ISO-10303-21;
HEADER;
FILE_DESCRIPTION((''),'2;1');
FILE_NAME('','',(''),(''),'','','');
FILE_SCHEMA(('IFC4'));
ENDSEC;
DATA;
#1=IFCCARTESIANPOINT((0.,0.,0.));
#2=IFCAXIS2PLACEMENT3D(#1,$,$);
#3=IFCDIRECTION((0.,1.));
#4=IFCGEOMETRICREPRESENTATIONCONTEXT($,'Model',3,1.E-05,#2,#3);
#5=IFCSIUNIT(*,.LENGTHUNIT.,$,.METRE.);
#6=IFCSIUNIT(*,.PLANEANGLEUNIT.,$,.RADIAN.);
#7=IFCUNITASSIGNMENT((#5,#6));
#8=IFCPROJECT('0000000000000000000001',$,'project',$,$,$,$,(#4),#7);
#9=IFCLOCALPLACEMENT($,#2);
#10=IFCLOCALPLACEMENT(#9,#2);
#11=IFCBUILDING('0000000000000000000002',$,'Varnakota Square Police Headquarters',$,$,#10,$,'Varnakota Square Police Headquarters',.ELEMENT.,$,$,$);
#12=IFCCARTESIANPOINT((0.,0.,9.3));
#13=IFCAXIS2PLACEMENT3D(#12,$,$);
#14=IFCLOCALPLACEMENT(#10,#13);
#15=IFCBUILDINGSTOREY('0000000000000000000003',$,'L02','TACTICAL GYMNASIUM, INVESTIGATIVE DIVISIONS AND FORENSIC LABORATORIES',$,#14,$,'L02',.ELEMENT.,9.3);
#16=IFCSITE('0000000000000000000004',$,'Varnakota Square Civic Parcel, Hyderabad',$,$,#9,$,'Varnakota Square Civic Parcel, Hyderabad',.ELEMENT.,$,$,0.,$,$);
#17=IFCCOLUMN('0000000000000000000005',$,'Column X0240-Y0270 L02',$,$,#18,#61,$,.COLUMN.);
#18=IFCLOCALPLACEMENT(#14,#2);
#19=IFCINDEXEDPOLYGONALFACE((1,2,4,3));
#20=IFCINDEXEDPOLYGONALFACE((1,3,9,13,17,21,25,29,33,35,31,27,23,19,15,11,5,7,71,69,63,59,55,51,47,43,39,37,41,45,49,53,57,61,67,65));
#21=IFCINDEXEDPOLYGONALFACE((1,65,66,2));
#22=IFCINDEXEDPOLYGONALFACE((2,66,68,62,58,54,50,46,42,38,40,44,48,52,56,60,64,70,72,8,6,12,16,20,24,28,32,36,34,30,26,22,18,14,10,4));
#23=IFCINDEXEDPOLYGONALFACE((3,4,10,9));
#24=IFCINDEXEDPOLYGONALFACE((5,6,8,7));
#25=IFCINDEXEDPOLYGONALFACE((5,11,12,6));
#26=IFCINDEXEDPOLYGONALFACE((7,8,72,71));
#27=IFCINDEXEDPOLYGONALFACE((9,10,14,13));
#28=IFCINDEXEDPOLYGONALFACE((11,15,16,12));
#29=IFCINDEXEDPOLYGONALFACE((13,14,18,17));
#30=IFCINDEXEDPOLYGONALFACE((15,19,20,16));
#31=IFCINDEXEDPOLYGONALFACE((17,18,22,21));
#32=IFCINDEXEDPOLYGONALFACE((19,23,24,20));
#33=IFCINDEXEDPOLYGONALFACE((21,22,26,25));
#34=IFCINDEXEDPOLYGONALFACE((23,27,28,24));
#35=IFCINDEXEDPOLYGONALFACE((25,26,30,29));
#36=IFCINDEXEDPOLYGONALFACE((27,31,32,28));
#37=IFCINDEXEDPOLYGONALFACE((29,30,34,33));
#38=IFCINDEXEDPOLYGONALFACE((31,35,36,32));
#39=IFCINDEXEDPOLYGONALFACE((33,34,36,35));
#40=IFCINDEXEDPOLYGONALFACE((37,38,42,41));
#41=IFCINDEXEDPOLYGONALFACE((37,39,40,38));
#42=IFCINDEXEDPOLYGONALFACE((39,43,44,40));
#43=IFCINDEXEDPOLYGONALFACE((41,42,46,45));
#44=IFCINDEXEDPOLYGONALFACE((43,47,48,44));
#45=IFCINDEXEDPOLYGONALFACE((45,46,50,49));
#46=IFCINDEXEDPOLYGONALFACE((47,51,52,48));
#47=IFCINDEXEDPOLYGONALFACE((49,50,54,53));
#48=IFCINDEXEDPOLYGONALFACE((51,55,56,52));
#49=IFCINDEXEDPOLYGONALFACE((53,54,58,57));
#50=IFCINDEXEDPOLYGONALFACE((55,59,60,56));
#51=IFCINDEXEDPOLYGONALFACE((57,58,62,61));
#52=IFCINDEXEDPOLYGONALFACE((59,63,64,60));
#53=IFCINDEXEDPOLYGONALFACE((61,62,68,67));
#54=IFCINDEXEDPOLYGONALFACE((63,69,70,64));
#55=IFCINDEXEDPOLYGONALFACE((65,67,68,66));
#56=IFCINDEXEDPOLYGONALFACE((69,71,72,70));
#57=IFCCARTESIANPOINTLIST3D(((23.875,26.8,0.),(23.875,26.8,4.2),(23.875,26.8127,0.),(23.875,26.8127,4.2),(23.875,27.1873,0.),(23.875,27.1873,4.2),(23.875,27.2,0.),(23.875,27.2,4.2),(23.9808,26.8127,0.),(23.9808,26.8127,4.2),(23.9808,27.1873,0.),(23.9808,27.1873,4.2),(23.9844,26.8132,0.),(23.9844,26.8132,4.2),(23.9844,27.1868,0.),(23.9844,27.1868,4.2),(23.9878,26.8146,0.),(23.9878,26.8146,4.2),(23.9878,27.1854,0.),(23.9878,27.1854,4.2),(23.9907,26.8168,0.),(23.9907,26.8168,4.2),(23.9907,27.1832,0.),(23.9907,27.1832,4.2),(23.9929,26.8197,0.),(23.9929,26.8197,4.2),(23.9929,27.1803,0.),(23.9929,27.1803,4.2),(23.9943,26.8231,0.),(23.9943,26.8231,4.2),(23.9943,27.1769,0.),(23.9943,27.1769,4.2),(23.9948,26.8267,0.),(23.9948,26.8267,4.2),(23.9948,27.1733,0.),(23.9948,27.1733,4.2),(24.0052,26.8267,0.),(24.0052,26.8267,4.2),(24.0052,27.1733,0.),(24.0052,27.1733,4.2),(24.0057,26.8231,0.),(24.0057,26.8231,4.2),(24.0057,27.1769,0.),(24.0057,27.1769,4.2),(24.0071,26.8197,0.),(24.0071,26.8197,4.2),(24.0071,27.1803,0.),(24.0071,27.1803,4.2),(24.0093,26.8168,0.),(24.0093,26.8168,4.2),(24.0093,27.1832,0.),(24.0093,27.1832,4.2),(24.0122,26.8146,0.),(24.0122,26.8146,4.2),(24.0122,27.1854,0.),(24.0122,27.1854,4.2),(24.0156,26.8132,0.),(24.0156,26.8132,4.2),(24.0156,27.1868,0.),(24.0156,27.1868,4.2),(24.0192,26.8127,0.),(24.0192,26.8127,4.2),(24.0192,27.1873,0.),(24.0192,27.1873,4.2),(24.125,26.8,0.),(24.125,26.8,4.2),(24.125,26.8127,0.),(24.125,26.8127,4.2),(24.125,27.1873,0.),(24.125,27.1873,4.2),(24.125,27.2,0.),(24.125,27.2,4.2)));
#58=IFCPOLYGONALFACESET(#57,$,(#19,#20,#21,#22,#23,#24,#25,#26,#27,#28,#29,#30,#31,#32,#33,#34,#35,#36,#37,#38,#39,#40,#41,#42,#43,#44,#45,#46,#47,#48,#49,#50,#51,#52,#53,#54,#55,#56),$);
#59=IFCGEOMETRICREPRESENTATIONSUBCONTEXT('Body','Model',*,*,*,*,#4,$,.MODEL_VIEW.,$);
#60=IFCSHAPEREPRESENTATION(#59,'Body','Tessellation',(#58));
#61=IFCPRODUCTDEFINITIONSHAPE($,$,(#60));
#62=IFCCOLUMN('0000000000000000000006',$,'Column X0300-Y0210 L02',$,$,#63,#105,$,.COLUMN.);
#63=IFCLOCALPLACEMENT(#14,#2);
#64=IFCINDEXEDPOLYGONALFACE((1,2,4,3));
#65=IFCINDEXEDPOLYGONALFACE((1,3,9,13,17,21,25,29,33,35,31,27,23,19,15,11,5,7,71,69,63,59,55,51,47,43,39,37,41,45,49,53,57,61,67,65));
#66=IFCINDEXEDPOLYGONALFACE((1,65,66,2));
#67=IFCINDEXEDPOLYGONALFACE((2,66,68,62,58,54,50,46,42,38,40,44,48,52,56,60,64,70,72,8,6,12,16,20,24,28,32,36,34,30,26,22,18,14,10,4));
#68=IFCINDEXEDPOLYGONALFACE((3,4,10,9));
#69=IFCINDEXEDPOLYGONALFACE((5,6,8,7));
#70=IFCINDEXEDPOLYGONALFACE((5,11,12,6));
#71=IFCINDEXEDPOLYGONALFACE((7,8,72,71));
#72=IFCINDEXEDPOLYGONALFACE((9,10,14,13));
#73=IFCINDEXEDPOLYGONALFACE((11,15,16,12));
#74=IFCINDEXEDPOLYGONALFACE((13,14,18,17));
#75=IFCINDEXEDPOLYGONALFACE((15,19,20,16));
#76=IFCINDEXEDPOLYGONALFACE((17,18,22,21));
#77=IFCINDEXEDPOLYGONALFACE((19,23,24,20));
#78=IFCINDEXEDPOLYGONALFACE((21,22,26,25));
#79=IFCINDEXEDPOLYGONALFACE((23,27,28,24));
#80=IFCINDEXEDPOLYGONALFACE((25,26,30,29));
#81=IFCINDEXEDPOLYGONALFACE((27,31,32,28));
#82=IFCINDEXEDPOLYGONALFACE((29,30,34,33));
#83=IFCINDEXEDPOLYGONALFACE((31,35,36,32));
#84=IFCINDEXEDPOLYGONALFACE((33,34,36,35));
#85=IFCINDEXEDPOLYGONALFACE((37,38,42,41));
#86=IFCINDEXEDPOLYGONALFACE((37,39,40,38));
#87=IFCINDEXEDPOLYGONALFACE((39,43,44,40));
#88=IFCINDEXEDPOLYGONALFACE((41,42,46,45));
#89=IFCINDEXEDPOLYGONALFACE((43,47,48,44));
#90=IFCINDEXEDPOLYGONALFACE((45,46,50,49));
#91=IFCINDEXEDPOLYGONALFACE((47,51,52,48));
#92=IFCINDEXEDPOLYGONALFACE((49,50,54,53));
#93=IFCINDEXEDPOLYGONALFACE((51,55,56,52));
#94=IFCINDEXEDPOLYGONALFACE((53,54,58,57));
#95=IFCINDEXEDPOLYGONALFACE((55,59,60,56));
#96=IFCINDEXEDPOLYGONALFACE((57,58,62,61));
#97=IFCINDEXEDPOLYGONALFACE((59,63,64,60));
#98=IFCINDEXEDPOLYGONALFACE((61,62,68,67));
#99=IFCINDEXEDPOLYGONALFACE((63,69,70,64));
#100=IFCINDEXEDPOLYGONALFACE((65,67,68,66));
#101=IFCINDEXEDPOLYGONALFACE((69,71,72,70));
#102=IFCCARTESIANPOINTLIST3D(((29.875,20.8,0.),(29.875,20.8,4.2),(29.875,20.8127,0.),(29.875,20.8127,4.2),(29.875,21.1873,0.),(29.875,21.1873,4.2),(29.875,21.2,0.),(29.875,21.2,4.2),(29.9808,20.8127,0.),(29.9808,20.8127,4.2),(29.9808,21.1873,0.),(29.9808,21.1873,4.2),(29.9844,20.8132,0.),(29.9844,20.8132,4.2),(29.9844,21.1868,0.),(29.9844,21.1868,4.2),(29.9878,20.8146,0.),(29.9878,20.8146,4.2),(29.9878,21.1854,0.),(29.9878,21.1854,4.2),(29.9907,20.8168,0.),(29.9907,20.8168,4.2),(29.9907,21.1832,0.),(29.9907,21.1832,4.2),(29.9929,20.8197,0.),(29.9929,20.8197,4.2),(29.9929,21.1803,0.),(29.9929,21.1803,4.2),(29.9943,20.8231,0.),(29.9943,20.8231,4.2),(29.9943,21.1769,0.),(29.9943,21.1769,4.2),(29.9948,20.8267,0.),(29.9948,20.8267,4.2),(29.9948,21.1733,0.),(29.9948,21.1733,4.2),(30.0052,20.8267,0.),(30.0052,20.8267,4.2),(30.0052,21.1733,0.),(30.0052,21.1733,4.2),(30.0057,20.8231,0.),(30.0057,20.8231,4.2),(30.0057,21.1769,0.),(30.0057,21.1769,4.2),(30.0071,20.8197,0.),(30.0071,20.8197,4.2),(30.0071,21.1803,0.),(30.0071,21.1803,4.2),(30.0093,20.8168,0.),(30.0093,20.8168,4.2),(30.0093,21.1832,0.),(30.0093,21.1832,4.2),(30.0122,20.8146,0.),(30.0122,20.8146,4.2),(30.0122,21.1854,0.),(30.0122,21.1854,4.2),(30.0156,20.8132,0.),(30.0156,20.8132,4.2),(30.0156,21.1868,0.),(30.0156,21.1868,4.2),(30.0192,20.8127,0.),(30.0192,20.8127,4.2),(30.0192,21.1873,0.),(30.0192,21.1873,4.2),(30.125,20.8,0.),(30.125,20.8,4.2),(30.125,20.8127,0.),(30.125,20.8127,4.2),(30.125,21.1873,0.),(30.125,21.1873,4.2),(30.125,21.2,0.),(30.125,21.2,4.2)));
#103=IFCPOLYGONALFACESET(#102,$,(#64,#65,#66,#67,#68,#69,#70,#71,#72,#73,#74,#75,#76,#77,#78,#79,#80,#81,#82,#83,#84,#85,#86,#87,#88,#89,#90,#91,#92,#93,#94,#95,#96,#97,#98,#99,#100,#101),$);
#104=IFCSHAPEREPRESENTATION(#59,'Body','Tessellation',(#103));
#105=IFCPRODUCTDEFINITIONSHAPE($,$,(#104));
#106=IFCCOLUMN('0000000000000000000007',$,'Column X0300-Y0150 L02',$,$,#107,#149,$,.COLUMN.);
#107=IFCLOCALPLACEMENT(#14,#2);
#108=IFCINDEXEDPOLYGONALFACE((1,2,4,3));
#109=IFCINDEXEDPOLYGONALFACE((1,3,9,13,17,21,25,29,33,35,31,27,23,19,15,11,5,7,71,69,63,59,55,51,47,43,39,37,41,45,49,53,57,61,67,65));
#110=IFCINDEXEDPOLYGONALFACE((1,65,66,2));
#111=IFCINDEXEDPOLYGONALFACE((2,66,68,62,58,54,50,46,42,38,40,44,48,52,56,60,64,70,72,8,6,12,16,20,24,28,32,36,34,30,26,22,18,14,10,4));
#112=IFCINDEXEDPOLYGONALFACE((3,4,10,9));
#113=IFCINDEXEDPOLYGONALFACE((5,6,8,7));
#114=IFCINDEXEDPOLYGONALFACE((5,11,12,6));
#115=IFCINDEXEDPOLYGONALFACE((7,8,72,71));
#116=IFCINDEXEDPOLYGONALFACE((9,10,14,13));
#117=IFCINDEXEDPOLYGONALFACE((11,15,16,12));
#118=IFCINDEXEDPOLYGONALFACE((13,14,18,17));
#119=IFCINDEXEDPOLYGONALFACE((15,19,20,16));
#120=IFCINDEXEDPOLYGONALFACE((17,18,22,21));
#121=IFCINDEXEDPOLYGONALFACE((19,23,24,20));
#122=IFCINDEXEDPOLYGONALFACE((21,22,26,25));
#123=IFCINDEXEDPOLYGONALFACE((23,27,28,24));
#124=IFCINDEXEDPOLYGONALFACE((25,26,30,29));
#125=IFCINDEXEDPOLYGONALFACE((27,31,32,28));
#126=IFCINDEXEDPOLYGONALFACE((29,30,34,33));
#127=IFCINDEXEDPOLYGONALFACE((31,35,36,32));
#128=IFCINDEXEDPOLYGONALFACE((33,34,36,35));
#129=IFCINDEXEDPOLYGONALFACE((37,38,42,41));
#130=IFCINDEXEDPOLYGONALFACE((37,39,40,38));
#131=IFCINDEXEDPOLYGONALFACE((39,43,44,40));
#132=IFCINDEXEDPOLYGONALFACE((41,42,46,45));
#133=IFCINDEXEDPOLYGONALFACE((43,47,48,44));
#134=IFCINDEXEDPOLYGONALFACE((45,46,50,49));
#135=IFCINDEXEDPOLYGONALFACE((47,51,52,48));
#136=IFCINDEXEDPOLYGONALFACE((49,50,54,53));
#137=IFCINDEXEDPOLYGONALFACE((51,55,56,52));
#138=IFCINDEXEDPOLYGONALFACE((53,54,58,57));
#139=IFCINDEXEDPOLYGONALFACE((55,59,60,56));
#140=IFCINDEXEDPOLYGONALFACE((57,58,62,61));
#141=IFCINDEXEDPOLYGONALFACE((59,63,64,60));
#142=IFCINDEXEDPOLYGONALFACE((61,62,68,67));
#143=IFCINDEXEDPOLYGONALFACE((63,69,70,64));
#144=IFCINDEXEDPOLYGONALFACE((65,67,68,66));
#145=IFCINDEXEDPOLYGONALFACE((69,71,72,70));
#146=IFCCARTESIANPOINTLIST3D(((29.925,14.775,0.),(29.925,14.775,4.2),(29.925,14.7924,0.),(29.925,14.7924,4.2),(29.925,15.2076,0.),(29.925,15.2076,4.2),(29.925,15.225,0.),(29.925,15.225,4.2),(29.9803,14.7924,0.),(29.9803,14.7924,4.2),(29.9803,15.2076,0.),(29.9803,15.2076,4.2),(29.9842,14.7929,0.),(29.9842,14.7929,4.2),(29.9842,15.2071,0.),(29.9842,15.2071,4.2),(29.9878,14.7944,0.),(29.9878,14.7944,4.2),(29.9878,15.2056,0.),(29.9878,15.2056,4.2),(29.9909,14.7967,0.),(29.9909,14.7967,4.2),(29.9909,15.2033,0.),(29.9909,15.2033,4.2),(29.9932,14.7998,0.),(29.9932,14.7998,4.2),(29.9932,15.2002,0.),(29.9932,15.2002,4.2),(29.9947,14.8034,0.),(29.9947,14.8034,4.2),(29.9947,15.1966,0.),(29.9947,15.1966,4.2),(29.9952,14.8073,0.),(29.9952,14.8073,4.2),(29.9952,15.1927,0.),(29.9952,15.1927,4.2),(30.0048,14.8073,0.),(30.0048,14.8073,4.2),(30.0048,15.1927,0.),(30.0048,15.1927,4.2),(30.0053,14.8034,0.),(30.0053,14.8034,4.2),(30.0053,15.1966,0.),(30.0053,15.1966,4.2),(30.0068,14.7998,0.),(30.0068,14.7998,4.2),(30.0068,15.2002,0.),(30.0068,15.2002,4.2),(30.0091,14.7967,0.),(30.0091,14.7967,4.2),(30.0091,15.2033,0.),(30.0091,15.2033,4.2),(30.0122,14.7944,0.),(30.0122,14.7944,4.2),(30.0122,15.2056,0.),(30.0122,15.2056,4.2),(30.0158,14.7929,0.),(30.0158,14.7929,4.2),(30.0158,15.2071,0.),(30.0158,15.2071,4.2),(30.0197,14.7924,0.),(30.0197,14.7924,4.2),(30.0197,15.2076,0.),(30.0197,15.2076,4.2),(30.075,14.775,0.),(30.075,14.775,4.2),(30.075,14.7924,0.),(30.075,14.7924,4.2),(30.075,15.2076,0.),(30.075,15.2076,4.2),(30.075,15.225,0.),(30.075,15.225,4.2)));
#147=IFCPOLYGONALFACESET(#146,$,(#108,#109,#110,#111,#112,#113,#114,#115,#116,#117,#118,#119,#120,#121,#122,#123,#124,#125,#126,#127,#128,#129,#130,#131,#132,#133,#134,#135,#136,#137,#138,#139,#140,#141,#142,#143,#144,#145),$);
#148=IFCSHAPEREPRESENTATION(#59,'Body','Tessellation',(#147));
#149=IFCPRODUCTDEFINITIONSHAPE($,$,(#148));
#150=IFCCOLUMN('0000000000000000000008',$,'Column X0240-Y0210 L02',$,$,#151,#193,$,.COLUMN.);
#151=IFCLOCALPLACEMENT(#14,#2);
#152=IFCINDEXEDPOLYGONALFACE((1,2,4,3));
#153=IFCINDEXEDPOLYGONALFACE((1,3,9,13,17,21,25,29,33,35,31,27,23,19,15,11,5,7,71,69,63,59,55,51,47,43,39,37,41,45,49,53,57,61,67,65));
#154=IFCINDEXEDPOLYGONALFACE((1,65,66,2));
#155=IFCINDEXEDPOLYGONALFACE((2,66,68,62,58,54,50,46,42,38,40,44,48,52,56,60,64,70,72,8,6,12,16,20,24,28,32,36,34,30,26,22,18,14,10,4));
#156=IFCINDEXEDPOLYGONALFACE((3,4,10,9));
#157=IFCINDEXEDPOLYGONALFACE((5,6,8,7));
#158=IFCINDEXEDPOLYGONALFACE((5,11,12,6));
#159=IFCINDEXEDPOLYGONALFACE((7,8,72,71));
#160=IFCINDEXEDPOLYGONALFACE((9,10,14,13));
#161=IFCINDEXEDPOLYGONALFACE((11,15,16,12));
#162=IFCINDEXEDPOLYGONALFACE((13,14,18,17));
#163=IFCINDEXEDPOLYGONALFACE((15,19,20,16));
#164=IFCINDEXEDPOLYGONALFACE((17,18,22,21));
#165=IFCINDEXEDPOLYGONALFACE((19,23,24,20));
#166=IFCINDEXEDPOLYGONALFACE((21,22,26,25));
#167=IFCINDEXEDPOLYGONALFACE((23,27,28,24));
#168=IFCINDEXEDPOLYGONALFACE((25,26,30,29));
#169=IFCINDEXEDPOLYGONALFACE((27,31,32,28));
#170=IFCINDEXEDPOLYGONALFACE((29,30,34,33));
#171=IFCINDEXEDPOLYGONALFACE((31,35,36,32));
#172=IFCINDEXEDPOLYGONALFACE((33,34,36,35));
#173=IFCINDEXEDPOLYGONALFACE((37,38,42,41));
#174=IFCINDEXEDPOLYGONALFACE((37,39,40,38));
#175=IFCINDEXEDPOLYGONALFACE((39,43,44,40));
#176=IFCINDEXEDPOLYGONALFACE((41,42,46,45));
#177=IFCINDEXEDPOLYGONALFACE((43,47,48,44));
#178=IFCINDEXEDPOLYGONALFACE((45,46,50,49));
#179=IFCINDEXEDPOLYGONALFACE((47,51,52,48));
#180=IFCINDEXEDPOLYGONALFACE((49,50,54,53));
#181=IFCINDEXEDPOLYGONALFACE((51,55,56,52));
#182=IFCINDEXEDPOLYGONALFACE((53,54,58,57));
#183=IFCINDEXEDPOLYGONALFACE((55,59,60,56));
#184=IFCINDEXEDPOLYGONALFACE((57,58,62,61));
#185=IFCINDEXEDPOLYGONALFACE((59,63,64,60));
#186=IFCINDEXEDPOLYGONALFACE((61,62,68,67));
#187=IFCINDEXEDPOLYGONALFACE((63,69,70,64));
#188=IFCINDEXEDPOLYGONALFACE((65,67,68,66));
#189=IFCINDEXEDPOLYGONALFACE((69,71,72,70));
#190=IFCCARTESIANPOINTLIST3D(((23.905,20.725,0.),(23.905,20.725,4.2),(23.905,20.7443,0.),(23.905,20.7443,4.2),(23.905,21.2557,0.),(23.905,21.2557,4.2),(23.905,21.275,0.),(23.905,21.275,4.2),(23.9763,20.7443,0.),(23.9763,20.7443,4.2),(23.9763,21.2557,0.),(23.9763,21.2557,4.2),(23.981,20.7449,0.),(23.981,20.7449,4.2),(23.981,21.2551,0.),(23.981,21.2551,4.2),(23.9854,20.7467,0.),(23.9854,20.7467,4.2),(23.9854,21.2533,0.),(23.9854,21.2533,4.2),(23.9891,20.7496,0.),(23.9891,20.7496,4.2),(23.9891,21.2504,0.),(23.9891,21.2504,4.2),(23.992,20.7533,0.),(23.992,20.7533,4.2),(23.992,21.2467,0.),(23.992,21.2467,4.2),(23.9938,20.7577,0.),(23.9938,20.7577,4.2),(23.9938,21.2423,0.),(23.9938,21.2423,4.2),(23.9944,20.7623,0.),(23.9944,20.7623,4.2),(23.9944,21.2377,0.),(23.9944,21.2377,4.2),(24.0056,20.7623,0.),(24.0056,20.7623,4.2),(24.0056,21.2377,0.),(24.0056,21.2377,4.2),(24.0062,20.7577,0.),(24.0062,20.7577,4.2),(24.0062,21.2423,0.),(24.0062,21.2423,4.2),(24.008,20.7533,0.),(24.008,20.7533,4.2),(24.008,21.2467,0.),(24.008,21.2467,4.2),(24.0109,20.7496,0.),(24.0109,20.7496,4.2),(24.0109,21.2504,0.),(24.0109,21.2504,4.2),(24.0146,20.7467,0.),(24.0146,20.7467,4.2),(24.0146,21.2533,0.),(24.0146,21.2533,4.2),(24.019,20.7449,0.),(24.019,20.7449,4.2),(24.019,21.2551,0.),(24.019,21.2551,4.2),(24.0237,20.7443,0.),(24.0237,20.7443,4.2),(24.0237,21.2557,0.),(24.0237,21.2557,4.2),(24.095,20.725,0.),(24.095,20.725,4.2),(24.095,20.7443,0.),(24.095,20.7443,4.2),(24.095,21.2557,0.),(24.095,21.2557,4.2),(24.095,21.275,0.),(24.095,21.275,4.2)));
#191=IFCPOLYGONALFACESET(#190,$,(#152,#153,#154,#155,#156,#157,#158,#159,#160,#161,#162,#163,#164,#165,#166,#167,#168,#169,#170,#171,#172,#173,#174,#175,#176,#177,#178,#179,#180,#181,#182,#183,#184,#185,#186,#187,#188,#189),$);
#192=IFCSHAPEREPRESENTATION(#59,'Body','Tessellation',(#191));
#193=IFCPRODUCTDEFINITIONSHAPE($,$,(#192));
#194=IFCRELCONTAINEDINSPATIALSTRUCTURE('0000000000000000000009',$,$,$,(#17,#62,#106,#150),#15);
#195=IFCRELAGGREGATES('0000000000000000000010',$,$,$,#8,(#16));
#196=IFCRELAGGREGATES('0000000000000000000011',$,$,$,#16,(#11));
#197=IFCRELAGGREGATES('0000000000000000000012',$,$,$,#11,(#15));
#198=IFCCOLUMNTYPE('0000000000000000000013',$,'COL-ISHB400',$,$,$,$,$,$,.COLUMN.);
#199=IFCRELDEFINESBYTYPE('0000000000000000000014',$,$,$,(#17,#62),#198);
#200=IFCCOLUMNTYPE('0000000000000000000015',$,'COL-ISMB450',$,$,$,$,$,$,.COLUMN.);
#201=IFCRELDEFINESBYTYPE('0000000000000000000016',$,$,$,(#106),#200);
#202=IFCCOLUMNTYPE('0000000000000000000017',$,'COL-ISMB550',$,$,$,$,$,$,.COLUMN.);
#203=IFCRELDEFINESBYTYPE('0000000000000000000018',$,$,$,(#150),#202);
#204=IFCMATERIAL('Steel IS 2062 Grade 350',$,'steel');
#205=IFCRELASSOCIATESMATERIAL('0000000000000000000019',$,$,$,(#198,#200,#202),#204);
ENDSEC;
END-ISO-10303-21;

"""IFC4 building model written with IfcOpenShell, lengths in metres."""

from ifc_helpers import new_model, si_unit, direction, frame, origin, origin_2d, place, context, subcontext, project, spatial, i_section, extrude, material, material_profile, profile_set, type_object, element, save


model = new_model("IFC4")

# Units and contexts
model_context = context("Model", 3, precision=1e-05, world=origin(), true_north=direction((0.0, 1.0)))
body_context = subcontext(model_context, "Body", "Model", "MODEL_VIEW")
ifc_project = project(units=[si_unit("LENGTHUNIT", "METRE"), si_unit("PLANEANGLEUNIT", "RADIAN")], contexts=[model_context])

# Site, building, storey
site_placement = place(None, origin())
site = spatial("IfcSite", under=ifc_project, at=site_placement, Name="Varnakota Square Civic Parcel, Hyderabad", LongName="Varnakota Square Civic Parcel, Hyderabad", CompositionType="ELEMENT", RefElevation=0.0)
building_placement = place(site_placement, origin())
building = spatial("IfcBuilding", under=site, at=building_placement, Name="Varnakota Square Police Headquarters", LongName="Varnakota Square Police Headquarters", CompositionType="ELEMENT")
storey_placement = place(building_placement, frame((0.0, 0.0, 9.3)))
storey = spatial("IfcBuildingStorey", under=building, at=storey_placement, Name="L02", Description="TACTICAL GYMNASIUM, INVESTIGATIVE DIVISIONS AND FORENSIC LABORATORIES", LongName="L02", CompositionType="ELEMENT", Elevation=9.3)

# Columns
ifc_material = material(Name="Steel IS 2062 Grade 350", Category="steel")
ifc_material_profile_1 = material_profile(ifc_material, i_section(OverallWidth=0.25, OverallDepth=0.3999, WebThickness=0.0105, FlangeThickness=0.0127, FilletRadius=0.0139, at=origin_2d()), Name="ISHB 400")
ifc_profile_set_1 = profile_set([ifc_material_profile_1], Name="Steel IS 2062 Grade 350")
column_type_1 = type_object("IfcColumnType", Name="COL-ISHB400", PredefinedType="COLUMN", material=ifc_profile_set_1)
for number, where, z_axis, x_axis, name in (
    (1, (24.0, 27.0, 0.0), (0.0, 0.0, 1.0), (1.0, 0.0, 0.0), "Column X0240-Y0270 L02"),
    (2, (30.0, 21.0, 0.0), (0.0, 0.0, 1.0), (1.0, 0.0, 0.0), "Column X0300-Y0210 L02"),
):
    element("IfcColumn", number, at=place(storey_placement, frame(where, z_axis=z_axis, x_axis=x_axis)), inside=storey, type_object=column_type_1, Name=name, PredefinedType="COLUMN", context=body_context, shape_type="SweptSolid", body=[
        extrude(i_section(OverallWidth=0.25, OverallDepth=0.3999, WebThickness=0.0105, FlangeThickness=0.0127, FilletRadius=0.0139, at=origin_2d()), origin(), (0.0, 0.0, 1.0), 4.2),
    ])
ifc_material_profile_2 = material_profile(ifc_material, i_section(OverallWidth=0.1499, OverallDepth=0.45, WebThickness=0.0095, FlangeThickness=0.0173, FilletRadius=0.0149, at=origin_2d()), Name="ISMB 450")
ifc_profile_set_2 = profile_set([ifc_material_profile_2], Name="Steel IS 2062 Grade 350")
column_type_2 = type_object("IfcColumnType", Name="COL-ISMB450", PredefinedType="COLUMN", material=ifc_profile_set_2)
column_1_placement = place(storey_placement, frame((30.0, 15.0, 0.0), z_axis=(0.0, 0.0, 1.0), x_axis=(1.0, 0.0, 0.0)))
element("IfcColumn", 3, at=column_1_placement, inside=storey, type_object=column_type_2, Name="Column X0300-Y0150 L02", PredefinedType="COLUMN", context=body_context, shape_type="SweptSolid", body=[
    extrude(i_section(OverallWidth=0.1499, OverallDepth=0.45, WebThickness=0.0095, FlangeThickness=0.0173, FilletRadius=0.0149, at=origin_2d()), origin(), (0.0, 0.0, 1.0), 4.2),
])
ifc_material_profile_3 = material_profile(ifc_material, i_section(OverallWidth=0.1899, OverallDepth=0.55, WebThickness=0.0112, FlangeThickness=0.0193, FilletRadius=0.0181, at=origin_2d()), Name="ISMB 550")
ifc_profile_set_3 = profile_set([ifc_material_profile_3], Name="Steel IS 2062 Grade 350")
column_type_3 = type_object("IfcColumnType", Name="COL-ISMB550", PredefinedType="COLUMN", material=ifc_profile_set_3)
column_2_placement = place(storey_placement, frame((24.0, 21.0, 0.0), z_axis=(0.0, 0.0, 1.0), x_axis=(1.0, 0.0, 0.0)))
element("IfcColumn", 4, at=column_2_placement, inside=storey, type_object=column_type_3, Name="Column X0240-Y0210 L02", PredefinedType="COLUMN", context=body_context, shape_type="SweptSolid", body=[
    extrude(i_section(OverallWidth=0.1899, OverallDepth=0.55, WebThickness=0.0112, FlangeThickness=0.0193, FilletRadius=0.0181, at=origin_2d()), origin(), (0.0, 0.0, 1.0), 4.2),
])

save(model, "model.ifc")
